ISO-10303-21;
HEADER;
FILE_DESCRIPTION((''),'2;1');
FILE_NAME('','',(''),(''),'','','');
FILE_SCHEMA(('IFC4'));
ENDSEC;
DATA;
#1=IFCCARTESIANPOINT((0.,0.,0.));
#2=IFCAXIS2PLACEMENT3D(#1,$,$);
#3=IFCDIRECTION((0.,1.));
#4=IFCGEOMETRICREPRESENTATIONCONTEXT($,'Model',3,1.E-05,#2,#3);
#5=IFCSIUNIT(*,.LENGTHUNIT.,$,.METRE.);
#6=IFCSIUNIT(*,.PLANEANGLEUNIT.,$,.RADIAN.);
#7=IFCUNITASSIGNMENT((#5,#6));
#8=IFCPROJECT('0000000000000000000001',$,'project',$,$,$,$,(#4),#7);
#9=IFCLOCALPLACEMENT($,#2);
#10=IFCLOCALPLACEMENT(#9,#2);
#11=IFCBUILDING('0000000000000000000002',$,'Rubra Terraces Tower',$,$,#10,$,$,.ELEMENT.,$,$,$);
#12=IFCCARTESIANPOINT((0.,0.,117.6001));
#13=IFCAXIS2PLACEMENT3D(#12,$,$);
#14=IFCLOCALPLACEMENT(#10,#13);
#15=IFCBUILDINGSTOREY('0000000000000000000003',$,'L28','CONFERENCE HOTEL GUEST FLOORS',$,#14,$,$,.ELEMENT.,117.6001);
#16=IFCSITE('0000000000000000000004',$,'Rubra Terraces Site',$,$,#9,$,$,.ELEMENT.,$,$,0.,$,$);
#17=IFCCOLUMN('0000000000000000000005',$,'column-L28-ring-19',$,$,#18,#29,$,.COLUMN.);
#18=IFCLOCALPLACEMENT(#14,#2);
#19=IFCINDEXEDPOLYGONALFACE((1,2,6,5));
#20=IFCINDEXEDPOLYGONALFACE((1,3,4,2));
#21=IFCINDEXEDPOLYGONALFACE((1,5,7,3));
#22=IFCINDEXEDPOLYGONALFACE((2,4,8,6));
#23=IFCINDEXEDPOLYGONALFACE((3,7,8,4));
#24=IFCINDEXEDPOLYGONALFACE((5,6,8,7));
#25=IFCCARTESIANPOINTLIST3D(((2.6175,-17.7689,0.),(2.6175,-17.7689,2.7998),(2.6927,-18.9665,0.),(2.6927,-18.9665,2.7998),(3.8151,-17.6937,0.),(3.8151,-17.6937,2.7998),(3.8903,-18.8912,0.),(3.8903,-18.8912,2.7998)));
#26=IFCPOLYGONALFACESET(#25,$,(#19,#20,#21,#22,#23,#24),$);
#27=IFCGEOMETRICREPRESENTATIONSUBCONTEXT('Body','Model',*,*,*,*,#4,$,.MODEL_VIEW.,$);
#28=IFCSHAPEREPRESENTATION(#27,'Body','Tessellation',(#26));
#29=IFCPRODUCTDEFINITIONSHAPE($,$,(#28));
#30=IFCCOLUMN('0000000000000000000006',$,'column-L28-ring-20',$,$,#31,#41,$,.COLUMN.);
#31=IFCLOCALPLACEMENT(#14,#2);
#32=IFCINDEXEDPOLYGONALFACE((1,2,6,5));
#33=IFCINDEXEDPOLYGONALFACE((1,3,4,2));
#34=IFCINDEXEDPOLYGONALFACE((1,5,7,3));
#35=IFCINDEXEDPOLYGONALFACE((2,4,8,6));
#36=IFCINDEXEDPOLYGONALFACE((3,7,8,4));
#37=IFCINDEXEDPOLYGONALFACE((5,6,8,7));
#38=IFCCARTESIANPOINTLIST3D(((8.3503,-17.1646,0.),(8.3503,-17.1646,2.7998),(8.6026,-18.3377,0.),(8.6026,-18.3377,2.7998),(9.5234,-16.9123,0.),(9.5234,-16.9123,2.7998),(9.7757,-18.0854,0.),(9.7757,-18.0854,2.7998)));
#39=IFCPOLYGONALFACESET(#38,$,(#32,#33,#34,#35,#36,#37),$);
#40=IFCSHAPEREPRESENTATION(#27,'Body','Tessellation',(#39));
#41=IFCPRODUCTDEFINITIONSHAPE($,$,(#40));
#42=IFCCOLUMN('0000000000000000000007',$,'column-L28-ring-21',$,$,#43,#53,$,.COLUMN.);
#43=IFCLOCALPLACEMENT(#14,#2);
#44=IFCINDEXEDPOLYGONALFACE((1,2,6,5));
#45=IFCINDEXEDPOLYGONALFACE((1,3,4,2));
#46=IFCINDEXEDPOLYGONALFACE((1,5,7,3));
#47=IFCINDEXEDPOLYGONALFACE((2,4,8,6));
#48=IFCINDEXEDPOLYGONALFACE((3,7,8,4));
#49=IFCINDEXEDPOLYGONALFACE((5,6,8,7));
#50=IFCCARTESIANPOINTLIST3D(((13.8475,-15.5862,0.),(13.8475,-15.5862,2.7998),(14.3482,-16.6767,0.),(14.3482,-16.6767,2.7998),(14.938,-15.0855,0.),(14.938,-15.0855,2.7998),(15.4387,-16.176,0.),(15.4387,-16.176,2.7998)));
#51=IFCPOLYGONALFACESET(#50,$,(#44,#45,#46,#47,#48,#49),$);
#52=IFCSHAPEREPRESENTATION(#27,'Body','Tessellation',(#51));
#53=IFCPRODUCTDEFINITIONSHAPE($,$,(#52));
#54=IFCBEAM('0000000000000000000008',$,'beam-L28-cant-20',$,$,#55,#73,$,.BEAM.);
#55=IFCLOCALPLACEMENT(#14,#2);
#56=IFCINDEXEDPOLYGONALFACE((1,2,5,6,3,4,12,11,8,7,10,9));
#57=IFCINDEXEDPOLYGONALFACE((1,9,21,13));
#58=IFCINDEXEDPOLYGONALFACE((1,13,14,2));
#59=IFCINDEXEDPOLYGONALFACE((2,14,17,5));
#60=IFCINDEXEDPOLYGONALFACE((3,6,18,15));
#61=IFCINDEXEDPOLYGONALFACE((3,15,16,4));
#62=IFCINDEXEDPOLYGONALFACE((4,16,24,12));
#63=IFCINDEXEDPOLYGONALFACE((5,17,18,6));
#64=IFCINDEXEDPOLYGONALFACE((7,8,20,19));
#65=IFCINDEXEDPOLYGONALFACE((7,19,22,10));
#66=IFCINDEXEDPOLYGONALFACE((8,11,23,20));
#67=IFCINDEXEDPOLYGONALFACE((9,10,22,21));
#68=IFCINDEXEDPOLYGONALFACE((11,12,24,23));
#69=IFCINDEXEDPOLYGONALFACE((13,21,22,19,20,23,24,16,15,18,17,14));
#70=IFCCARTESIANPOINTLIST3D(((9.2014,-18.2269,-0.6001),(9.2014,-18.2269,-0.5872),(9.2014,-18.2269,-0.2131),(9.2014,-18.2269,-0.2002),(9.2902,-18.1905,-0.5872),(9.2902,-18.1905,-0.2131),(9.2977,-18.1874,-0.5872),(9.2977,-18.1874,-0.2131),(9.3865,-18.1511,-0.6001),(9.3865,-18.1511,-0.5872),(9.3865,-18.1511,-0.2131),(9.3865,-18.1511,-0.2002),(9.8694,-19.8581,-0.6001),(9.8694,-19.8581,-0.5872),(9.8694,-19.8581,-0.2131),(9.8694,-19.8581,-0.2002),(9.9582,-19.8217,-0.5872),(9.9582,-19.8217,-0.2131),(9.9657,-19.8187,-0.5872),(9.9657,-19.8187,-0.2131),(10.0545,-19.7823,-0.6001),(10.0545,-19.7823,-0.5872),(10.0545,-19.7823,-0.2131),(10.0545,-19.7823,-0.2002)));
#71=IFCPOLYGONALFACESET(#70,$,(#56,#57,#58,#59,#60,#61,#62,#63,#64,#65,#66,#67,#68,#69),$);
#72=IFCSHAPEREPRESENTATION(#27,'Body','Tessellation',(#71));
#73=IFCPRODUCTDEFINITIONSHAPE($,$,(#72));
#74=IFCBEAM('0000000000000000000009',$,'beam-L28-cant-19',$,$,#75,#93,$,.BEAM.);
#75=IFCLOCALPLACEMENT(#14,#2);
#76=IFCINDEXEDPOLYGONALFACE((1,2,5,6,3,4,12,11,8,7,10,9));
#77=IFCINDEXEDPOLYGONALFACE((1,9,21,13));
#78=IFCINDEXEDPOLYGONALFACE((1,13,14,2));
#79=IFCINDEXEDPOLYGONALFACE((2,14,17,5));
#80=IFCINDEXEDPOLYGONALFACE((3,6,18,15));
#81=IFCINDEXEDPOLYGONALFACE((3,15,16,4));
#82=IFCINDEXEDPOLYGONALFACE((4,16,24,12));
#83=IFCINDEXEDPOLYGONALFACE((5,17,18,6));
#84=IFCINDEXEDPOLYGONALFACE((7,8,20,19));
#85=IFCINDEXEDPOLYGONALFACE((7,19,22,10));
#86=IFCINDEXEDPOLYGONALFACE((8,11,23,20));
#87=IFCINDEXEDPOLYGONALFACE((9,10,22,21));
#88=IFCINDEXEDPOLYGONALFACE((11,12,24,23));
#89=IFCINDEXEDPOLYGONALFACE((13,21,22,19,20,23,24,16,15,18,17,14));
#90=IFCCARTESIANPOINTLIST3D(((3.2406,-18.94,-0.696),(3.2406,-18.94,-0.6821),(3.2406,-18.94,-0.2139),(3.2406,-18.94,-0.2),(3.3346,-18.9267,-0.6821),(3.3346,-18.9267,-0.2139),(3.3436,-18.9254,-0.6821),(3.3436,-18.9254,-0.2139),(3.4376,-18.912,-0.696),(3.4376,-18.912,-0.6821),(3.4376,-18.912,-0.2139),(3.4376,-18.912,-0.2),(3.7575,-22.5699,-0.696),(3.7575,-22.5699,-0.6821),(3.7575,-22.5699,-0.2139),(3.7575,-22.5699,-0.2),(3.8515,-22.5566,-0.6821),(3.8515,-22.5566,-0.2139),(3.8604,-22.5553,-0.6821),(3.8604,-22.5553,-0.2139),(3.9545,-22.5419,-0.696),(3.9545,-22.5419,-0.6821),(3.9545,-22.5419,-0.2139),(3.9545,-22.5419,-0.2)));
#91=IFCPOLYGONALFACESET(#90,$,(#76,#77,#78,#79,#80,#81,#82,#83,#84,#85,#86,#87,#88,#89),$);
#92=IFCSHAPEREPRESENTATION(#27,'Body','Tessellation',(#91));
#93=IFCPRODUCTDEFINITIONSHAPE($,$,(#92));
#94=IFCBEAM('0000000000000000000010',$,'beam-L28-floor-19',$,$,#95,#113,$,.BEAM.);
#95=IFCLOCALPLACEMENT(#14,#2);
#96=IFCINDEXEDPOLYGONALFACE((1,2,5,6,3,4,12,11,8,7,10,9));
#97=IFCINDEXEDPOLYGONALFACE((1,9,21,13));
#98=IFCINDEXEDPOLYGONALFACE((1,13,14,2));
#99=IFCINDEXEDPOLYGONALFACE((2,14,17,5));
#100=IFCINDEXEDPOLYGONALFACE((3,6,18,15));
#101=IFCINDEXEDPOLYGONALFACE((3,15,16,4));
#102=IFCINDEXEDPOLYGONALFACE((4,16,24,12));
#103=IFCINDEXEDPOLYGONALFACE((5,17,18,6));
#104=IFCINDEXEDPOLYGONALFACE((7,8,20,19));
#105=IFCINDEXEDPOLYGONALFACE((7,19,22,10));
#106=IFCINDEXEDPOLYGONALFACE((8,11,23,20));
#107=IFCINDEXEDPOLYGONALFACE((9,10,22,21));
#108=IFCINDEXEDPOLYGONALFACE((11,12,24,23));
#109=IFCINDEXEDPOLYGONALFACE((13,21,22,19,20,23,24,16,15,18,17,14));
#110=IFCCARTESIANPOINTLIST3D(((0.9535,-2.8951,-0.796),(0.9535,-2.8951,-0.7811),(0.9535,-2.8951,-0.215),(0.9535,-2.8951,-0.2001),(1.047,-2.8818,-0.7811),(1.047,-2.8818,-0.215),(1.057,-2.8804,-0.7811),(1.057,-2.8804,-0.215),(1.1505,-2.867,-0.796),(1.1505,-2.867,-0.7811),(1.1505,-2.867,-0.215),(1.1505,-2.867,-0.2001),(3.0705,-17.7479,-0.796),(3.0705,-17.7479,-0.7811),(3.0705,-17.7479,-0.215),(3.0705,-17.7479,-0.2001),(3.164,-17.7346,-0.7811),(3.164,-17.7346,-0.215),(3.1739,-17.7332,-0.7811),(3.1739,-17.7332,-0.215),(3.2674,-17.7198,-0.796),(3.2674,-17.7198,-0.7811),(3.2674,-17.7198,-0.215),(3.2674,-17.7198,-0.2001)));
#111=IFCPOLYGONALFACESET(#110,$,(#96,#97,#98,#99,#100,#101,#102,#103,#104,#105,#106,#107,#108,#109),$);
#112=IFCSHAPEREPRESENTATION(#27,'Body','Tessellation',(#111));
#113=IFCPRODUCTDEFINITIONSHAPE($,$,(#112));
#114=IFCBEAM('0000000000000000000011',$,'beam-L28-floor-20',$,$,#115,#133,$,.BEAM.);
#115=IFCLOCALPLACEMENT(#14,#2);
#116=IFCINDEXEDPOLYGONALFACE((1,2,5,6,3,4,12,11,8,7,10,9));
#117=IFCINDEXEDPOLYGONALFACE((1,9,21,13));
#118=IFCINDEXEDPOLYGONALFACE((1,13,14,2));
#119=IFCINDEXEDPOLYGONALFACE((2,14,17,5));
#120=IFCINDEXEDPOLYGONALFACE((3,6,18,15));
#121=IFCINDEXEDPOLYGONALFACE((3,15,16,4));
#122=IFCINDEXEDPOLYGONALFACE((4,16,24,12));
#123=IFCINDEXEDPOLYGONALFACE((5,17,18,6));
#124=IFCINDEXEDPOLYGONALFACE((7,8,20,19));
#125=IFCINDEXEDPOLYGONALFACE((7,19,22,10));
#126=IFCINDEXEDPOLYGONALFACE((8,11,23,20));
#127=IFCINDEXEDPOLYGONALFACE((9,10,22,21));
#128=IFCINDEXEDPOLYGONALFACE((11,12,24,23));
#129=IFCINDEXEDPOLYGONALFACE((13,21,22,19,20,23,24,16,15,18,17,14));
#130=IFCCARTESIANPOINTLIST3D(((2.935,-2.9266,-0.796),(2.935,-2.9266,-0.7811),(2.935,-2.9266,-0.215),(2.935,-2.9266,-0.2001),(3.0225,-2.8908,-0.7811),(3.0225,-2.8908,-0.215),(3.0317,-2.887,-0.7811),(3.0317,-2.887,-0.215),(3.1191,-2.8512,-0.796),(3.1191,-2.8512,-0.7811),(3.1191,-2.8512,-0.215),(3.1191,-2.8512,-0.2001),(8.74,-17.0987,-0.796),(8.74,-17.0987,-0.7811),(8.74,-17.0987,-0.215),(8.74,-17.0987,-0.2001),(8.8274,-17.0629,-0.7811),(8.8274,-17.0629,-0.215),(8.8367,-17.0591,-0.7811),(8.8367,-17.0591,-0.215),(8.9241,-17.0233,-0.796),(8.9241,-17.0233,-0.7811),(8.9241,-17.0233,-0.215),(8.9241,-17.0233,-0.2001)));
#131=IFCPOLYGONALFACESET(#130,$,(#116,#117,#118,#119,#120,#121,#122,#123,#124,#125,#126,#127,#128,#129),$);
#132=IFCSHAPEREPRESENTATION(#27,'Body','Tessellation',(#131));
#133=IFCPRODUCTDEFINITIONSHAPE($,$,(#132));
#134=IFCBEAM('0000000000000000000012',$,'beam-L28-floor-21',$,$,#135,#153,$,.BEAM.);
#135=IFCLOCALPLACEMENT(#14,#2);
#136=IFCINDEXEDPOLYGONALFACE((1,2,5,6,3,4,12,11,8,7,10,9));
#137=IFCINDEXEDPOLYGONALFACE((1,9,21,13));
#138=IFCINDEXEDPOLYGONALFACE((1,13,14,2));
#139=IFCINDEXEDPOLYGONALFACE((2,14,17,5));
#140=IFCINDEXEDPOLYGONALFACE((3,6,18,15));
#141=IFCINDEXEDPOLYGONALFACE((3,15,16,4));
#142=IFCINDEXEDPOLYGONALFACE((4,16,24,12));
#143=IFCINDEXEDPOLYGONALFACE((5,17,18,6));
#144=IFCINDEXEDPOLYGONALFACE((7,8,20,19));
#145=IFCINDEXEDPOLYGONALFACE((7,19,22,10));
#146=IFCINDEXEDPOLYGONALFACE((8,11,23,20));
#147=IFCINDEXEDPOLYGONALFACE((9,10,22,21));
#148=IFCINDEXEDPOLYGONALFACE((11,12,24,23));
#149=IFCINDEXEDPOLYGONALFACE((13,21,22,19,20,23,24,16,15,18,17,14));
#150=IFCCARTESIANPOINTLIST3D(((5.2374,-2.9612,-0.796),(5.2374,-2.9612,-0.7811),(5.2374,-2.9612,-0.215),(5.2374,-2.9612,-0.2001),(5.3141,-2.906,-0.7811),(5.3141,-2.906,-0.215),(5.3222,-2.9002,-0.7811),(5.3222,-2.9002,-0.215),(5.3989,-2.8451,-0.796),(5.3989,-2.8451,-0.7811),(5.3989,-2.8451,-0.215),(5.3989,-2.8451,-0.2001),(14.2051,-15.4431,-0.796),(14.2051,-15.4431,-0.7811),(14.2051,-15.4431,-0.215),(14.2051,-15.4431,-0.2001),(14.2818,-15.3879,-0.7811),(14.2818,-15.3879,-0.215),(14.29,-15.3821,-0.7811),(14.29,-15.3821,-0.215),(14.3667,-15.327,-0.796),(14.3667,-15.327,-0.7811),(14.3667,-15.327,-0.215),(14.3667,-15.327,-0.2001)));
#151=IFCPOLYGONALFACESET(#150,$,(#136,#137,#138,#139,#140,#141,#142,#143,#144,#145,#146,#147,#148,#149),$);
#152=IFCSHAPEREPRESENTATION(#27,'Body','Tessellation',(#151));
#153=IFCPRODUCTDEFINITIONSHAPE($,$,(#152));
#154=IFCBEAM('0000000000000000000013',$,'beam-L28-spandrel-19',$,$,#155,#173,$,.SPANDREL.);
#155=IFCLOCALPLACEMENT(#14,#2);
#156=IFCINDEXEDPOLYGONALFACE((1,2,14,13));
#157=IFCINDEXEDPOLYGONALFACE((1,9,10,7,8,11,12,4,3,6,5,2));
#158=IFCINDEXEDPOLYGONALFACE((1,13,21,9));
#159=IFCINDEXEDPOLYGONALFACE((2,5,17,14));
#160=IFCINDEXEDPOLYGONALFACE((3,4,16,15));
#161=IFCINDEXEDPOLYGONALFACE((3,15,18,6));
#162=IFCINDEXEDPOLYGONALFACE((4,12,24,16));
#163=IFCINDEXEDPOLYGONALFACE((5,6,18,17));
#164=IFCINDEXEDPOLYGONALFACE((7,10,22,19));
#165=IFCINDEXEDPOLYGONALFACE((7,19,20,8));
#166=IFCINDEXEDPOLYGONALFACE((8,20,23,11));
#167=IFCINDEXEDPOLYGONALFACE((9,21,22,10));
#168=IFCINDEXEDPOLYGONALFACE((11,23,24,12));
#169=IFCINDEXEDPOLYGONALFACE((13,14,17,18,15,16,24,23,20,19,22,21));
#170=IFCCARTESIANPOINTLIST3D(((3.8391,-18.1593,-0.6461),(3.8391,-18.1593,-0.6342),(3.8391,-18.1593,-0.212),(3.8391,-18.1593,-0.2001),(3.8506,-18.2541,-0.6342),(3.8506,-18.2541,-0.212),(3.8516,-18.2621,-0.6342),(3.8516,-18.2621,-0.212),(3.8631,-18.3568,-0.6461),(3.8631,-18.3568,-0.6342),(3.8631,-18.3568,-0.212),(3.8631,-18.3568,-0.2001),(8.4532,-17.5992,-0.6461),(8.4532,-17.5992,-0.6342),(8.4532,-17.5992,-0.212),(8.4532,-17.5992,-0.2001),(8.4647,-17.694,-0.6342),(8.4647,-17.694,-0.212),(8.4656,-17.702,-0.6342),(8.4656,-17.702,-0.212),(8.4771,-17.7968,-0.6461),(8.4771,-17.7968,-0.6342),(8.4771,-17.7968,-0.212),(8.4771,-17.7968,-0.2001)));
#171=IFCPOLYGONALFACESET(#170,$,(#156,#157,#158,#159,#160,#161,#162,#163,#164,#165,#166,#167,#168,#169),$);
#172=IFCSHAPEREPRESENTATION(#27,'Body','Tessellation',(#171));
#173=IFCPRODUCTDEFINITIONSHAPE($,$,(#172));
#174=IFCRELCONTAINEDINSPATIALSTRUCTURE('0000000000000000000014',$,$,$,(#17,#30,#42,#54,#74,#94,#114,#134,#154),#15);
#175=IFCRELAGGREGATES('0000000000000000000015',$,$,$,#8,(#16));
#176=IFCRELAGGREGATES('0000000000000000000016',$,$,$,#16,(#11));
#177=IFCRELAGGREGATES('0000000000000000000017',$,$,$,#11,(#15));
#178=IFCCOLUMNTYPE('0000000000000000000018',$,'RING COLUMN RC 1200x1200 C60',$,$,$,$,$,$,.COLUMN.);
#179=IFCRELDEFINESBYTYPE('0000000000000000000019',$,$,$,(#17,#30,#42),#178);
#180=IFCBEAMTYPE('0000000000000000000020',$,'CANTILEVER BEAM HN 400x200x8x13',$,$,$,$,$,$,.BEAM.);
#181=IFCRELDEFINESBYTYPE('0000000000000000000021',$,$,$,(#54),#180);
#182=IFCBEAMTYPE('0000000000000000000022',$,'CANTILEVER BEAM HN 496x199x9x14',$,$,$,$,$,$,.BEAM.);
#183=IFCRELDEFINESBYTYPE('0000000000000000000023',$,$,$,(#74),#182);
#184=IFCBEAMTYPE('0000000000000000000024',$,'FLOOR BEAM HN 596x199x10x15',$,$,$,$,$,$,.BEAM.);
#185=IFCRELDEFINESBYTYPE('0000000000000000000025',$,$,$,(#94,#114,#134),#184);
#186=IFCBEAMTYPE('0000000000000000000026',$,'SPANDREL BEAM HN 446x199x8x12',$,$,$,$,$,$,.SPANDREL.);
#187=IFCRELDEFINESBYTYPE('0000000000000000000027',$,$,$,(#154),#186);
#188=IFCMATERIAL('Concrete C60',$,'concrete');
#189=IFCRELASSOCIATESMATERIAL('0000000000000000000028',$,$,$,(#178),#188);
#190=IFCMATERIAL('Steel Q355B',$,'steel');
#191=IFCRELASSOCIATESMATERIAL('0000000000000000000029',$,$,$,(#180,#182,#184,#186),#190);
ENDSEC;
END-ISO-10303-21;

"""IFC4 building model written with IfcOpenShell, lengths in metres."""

from ifc_helpers import new_model, si_unit, direction, frame, origin, origin_2d, place, context, subcontext, project, spatial, rectangle, i_section, extrude, material, material_profile, profile_set, type_object, element, save


model = new_model("IFC4")

# Units and contexts
model_context = context("Model", 3, precision=1e-05, world=origin(), true_north=direction((0.0, 1.0)))
body_context = subcontext(model_context, "Body", "Model", "MODEL_VIEW")
ifc_project = project(units=[si_unit("LENGTHUNIT", "METRE"), si_unit("PLANEANGLEUNIT", "RADIAN")], contexts=[model_context])

# Site, building, storey
site_placement = place(None, origin())
site = spatial("IfcSite", under=ifc_project, at=site_placement, Name="Rubra Terraces Site", CompositionType="ELEMENT", RefElevation=0.0)
building_placement = place(site_placement, origin())
building = spatial("IfcBuilding", under=site, at=building_placement, Name="Rubra Terraces Tower", CompositionType="ELEMENT")
storey_placement = place(building_placement, frame((0.0, 0.0, 117.6001)))
storey = spatial("IfcBuildingStorey", under=building, at=storey_placement, Name="L28", Description="CONFERENCE HOTEL GUEST FLOORS", CompositionType="ELEMENT", Elevation=117.6001)

# Columns
ifc_material_1 = material(Name="Concrete C60", Category="concrete")
ifc_material_profile_1 = material_profile(ifc_material_1, rectangle(XDim=1.2, YDim=1.2, at=origin_2d()), Name="RC 1200x1200")
ifc_profile_set_1 = profile_set([ifc_material_profile_1], Name="Concrete C60")
column_type = type_object("IfcColumnType", Name="RING COLUMN RC 1200x1200 C60", PredefinedType="COLUMN", material=ifc_profile_set_1)
for number, where, z_axis, x_axis, name in (
    (1, (3.2539, -18.3301, 0.0), (0.0, 0.0, 1.0), (0.998032, 0.062714, 0.0), "column-L28-ring-19"),
    (2, (9.063, -17.625, 0.0), (0.0, 0.0, 1.0), (0.977653, 0.210227, 0.0), "column-L28-ring-20"),
    (3, (14.6431, -15.8811, 0.0), (0.0, 0.0, 1.0), (0.908779, 0.417279, 0.0), "column-L28-ring-21"),
):
    element("IfcColumn", number, at=place(storey_placement, frame(where, z_axis=z_axis, x_axis=x_axis)), inside=storey, type_object=column_type, Name=name, PredefinedType="COLUMN", context=body_context, shape_type="SweptSolid", body=[
        extrude(rectangle(XDim=1.2, YDim=1.2, at=origin_2d()), origin(), (0.0, 0.0, 1.0), 2.7998),
    ])

# Beams
ifc_material_2 = material(Name="Steel Q355B", Category="steel")
ifc_material_profile_2 = material_profile(ifc_material_2, i_section(OverallWidth=0.2, OverallDepth=0.3999, WebThickness=0.0081, FlangeThickness=0.0129, at=origin_2d()), Name="HN 400x200x8x13")
ifc_profile_set_2 = profile_set([ifc_material_profile_2], Name="Steel Q355B")
beam_type_1 = type_object("IfcBeamType", Name="CANTILEVER BEAM HN 400x200x8x13", PredefinedType="BEAM", material=ifc_profile_set_2)
beam_1_placement = place(storey_placement, frame((9.2939, -18.189, -0.4001), z_axis=(0.378973, -0.925408, 0.0), x_axis=(0.925408, 0.378973, 0.0)))
element("IfcBeam", 4, at=beam_1_placement, inside=storey, type_object=beam_type_1, Name="beam-L28-cant-20", PredefinedType="BEAM", context=body_context, shape_type="SweptSolid", body=[
    extrude(i_section(OverallWidth=0.2, OverallDepth=0.3999, WebThickness=0.0081, FlangeThickness=0.0129, at=origin_2d()), origin(), (0.0, 0.0, 1.0), 1.7627),
])
ifc_material_profile_3 = material_profile(ifc_material_2, i_section(OverallWidth=0.199, OverallDepth=0.4961, WebThickness=0.009, FlangeThickness=0.0139, at=origin_2d()), Name="HN 496x199x9x14")
ifc_profile_set_3 = profile_set([ifc_material_profile_3], Name="Steel Q355B")
beam_type_2 = type_object("IfcBeamType", Name="CANTILEVER BEAM HN 496x199x9x14", PredefinedType="BEAM", material=ifc_profile_set_3)
beam_2_placement = place(storey_placement, frame((3.3391, -18.926, -0.448), z_axis=(0.140965, -0.990015, 0.0), x_axis=(0.990015, 0.140965, 0.0)))
element("IfcBeam", 5, at=beam_2_placement, inside=storey, type_object=beam_type_2, Name="beam-L28-cant-19", PredefinedType="BEAM", context=body_context, shape_type="SweptSolid", body=[
    extrude(i_section(OverallWidth=0.199, OverallDepth=0.4961, WebThickness=0.009, FlangeThickness=0.0139, at=origin_2d()), origin(), (0.0, 0.0, 1.0), 3.6665),
])
ifc_material_profile_4 = material_profile(ifc_material_2, i_section(OverallWidth=0.199, OverallDepth=0.5959, WebThickness=0.01, FlangeThickness=0.0149, at=origin_2d()), Name="HN 596x199x10x15")
ifc_profile_set_4 = profile_set([ifc_material_profile_4], Name="Steel Q355B")
beam_type_3 = type_object("IfcBeamType", Name="FLOOR BEAM HN 596x199x10x15", PredefinedType="BEAM", material=ifc_profile_set_4)
beam_3_placement = place(storey_placement, frame((3.1689, -17.7339, -0.498), z_axis=(-0.141102, 0.989995, 0.0), x_axis=(-0.989995, -0.141102, 0.0)))
element("IfcBeam", 6, at=beam_3_placement, inside=storey, type_object=beam_type_3, Name="beam-L28-floor-19", PredefinedType="BEAM", context=body_context, shape_type="SweptSolid", body=[
    extrude(i_section(OverallWidth=0.199, OverallDepth=0.5959, WebThickness=0.01, FlangeThickness=0.0149, at=origin_2d()), origin(), (0.0, 0.0, 1.0), 15.0029),
])
beam_4_placement = place(storey_placement, frame((8.832, -17.061, -0.498), z_axis=(-0.379038, 0.925381, 0.0), x_axis=(-0.925381, -0.379038, 0.0)))
element("IfcBeam", 7, at=beam_4_placement, inside=storey, type_object=beam_type_3, Name="beam-L28-floor-20", PredefinedType="BEAM", context=body_context, shape_type="SweptSolid", body=[
    extrude(i_section(OverallWidth=0.199, OverallDepth=0.5959, WebThickness=0.01, FlangeThickness=0.0149, at=origin_2d()), origin(), (0.0, 0.0, 1.0), 15.3149),
])
beam_5_placement = place(storey_placement, frame((14.2859, -15.385, -0.498), z_axis=(-0.583481, 0.812127, 0.0), x_axis=(-0.812127, -0.583481, 0.0)))
element("IfcBeam", 8, at=beam_5_placement, inside=storey, type_object=beam_type_3, Name="beam-L28-floor-21", PredefinedType="BEAM", context=body_context, shape_type="SweptSolid", body=[
    extrude(i_section(OverallWidth=0.199, OverallDepth=0.5959, WebThickness=0.01, FlangeThickness=0.0149, at=origin_2d()), origin(), (0.0, 0.0, 1.0), 15.3694),
])
ifc_material_profile_5 = material_profile(ifc_material_2, i_section(OverallWidth=0.199, OverallDepth=0.446, WebThickness=0.0081, FlangeThickness=0.012, at=origin_2d()), Name="HN 446x199x8x12")
ifc_profile_set_5 = profile_set([ifc_material_profile_5], Name="Steel Q355B")
beam_type_4 = type_object("IfcBeamType", Name="SPANDREL BEAM HN 446x199x8x12", PredefinedType="SPANDREL", material=ifc_profile_set_5)
beam_6_placement = place(storey_placement, frame((3.8511, -18.2581, -0.4231), z_axis=(0.992714, 0.120498, 0.0), x_axis=(-0.120498, 0.992714, 0.0)))
element("IfcBeam", 9, at=beam_6_placement, inside=storey, type_object=beam_type_4, Name="beam-L28-spandrel-19", PredefinedType="SPANDREL", context=body_context, shape_type="SweptSolid", body=[
    extrude(i_section(OverallWidth=0.199, OverallDepth=0.446, WebThickness=0.0081, FlangeThickness=0.012, at=origin_2d()), origin(), (0.0, 0.0, 1.0), 4.6479),
])

save(model, "model.ifc")
